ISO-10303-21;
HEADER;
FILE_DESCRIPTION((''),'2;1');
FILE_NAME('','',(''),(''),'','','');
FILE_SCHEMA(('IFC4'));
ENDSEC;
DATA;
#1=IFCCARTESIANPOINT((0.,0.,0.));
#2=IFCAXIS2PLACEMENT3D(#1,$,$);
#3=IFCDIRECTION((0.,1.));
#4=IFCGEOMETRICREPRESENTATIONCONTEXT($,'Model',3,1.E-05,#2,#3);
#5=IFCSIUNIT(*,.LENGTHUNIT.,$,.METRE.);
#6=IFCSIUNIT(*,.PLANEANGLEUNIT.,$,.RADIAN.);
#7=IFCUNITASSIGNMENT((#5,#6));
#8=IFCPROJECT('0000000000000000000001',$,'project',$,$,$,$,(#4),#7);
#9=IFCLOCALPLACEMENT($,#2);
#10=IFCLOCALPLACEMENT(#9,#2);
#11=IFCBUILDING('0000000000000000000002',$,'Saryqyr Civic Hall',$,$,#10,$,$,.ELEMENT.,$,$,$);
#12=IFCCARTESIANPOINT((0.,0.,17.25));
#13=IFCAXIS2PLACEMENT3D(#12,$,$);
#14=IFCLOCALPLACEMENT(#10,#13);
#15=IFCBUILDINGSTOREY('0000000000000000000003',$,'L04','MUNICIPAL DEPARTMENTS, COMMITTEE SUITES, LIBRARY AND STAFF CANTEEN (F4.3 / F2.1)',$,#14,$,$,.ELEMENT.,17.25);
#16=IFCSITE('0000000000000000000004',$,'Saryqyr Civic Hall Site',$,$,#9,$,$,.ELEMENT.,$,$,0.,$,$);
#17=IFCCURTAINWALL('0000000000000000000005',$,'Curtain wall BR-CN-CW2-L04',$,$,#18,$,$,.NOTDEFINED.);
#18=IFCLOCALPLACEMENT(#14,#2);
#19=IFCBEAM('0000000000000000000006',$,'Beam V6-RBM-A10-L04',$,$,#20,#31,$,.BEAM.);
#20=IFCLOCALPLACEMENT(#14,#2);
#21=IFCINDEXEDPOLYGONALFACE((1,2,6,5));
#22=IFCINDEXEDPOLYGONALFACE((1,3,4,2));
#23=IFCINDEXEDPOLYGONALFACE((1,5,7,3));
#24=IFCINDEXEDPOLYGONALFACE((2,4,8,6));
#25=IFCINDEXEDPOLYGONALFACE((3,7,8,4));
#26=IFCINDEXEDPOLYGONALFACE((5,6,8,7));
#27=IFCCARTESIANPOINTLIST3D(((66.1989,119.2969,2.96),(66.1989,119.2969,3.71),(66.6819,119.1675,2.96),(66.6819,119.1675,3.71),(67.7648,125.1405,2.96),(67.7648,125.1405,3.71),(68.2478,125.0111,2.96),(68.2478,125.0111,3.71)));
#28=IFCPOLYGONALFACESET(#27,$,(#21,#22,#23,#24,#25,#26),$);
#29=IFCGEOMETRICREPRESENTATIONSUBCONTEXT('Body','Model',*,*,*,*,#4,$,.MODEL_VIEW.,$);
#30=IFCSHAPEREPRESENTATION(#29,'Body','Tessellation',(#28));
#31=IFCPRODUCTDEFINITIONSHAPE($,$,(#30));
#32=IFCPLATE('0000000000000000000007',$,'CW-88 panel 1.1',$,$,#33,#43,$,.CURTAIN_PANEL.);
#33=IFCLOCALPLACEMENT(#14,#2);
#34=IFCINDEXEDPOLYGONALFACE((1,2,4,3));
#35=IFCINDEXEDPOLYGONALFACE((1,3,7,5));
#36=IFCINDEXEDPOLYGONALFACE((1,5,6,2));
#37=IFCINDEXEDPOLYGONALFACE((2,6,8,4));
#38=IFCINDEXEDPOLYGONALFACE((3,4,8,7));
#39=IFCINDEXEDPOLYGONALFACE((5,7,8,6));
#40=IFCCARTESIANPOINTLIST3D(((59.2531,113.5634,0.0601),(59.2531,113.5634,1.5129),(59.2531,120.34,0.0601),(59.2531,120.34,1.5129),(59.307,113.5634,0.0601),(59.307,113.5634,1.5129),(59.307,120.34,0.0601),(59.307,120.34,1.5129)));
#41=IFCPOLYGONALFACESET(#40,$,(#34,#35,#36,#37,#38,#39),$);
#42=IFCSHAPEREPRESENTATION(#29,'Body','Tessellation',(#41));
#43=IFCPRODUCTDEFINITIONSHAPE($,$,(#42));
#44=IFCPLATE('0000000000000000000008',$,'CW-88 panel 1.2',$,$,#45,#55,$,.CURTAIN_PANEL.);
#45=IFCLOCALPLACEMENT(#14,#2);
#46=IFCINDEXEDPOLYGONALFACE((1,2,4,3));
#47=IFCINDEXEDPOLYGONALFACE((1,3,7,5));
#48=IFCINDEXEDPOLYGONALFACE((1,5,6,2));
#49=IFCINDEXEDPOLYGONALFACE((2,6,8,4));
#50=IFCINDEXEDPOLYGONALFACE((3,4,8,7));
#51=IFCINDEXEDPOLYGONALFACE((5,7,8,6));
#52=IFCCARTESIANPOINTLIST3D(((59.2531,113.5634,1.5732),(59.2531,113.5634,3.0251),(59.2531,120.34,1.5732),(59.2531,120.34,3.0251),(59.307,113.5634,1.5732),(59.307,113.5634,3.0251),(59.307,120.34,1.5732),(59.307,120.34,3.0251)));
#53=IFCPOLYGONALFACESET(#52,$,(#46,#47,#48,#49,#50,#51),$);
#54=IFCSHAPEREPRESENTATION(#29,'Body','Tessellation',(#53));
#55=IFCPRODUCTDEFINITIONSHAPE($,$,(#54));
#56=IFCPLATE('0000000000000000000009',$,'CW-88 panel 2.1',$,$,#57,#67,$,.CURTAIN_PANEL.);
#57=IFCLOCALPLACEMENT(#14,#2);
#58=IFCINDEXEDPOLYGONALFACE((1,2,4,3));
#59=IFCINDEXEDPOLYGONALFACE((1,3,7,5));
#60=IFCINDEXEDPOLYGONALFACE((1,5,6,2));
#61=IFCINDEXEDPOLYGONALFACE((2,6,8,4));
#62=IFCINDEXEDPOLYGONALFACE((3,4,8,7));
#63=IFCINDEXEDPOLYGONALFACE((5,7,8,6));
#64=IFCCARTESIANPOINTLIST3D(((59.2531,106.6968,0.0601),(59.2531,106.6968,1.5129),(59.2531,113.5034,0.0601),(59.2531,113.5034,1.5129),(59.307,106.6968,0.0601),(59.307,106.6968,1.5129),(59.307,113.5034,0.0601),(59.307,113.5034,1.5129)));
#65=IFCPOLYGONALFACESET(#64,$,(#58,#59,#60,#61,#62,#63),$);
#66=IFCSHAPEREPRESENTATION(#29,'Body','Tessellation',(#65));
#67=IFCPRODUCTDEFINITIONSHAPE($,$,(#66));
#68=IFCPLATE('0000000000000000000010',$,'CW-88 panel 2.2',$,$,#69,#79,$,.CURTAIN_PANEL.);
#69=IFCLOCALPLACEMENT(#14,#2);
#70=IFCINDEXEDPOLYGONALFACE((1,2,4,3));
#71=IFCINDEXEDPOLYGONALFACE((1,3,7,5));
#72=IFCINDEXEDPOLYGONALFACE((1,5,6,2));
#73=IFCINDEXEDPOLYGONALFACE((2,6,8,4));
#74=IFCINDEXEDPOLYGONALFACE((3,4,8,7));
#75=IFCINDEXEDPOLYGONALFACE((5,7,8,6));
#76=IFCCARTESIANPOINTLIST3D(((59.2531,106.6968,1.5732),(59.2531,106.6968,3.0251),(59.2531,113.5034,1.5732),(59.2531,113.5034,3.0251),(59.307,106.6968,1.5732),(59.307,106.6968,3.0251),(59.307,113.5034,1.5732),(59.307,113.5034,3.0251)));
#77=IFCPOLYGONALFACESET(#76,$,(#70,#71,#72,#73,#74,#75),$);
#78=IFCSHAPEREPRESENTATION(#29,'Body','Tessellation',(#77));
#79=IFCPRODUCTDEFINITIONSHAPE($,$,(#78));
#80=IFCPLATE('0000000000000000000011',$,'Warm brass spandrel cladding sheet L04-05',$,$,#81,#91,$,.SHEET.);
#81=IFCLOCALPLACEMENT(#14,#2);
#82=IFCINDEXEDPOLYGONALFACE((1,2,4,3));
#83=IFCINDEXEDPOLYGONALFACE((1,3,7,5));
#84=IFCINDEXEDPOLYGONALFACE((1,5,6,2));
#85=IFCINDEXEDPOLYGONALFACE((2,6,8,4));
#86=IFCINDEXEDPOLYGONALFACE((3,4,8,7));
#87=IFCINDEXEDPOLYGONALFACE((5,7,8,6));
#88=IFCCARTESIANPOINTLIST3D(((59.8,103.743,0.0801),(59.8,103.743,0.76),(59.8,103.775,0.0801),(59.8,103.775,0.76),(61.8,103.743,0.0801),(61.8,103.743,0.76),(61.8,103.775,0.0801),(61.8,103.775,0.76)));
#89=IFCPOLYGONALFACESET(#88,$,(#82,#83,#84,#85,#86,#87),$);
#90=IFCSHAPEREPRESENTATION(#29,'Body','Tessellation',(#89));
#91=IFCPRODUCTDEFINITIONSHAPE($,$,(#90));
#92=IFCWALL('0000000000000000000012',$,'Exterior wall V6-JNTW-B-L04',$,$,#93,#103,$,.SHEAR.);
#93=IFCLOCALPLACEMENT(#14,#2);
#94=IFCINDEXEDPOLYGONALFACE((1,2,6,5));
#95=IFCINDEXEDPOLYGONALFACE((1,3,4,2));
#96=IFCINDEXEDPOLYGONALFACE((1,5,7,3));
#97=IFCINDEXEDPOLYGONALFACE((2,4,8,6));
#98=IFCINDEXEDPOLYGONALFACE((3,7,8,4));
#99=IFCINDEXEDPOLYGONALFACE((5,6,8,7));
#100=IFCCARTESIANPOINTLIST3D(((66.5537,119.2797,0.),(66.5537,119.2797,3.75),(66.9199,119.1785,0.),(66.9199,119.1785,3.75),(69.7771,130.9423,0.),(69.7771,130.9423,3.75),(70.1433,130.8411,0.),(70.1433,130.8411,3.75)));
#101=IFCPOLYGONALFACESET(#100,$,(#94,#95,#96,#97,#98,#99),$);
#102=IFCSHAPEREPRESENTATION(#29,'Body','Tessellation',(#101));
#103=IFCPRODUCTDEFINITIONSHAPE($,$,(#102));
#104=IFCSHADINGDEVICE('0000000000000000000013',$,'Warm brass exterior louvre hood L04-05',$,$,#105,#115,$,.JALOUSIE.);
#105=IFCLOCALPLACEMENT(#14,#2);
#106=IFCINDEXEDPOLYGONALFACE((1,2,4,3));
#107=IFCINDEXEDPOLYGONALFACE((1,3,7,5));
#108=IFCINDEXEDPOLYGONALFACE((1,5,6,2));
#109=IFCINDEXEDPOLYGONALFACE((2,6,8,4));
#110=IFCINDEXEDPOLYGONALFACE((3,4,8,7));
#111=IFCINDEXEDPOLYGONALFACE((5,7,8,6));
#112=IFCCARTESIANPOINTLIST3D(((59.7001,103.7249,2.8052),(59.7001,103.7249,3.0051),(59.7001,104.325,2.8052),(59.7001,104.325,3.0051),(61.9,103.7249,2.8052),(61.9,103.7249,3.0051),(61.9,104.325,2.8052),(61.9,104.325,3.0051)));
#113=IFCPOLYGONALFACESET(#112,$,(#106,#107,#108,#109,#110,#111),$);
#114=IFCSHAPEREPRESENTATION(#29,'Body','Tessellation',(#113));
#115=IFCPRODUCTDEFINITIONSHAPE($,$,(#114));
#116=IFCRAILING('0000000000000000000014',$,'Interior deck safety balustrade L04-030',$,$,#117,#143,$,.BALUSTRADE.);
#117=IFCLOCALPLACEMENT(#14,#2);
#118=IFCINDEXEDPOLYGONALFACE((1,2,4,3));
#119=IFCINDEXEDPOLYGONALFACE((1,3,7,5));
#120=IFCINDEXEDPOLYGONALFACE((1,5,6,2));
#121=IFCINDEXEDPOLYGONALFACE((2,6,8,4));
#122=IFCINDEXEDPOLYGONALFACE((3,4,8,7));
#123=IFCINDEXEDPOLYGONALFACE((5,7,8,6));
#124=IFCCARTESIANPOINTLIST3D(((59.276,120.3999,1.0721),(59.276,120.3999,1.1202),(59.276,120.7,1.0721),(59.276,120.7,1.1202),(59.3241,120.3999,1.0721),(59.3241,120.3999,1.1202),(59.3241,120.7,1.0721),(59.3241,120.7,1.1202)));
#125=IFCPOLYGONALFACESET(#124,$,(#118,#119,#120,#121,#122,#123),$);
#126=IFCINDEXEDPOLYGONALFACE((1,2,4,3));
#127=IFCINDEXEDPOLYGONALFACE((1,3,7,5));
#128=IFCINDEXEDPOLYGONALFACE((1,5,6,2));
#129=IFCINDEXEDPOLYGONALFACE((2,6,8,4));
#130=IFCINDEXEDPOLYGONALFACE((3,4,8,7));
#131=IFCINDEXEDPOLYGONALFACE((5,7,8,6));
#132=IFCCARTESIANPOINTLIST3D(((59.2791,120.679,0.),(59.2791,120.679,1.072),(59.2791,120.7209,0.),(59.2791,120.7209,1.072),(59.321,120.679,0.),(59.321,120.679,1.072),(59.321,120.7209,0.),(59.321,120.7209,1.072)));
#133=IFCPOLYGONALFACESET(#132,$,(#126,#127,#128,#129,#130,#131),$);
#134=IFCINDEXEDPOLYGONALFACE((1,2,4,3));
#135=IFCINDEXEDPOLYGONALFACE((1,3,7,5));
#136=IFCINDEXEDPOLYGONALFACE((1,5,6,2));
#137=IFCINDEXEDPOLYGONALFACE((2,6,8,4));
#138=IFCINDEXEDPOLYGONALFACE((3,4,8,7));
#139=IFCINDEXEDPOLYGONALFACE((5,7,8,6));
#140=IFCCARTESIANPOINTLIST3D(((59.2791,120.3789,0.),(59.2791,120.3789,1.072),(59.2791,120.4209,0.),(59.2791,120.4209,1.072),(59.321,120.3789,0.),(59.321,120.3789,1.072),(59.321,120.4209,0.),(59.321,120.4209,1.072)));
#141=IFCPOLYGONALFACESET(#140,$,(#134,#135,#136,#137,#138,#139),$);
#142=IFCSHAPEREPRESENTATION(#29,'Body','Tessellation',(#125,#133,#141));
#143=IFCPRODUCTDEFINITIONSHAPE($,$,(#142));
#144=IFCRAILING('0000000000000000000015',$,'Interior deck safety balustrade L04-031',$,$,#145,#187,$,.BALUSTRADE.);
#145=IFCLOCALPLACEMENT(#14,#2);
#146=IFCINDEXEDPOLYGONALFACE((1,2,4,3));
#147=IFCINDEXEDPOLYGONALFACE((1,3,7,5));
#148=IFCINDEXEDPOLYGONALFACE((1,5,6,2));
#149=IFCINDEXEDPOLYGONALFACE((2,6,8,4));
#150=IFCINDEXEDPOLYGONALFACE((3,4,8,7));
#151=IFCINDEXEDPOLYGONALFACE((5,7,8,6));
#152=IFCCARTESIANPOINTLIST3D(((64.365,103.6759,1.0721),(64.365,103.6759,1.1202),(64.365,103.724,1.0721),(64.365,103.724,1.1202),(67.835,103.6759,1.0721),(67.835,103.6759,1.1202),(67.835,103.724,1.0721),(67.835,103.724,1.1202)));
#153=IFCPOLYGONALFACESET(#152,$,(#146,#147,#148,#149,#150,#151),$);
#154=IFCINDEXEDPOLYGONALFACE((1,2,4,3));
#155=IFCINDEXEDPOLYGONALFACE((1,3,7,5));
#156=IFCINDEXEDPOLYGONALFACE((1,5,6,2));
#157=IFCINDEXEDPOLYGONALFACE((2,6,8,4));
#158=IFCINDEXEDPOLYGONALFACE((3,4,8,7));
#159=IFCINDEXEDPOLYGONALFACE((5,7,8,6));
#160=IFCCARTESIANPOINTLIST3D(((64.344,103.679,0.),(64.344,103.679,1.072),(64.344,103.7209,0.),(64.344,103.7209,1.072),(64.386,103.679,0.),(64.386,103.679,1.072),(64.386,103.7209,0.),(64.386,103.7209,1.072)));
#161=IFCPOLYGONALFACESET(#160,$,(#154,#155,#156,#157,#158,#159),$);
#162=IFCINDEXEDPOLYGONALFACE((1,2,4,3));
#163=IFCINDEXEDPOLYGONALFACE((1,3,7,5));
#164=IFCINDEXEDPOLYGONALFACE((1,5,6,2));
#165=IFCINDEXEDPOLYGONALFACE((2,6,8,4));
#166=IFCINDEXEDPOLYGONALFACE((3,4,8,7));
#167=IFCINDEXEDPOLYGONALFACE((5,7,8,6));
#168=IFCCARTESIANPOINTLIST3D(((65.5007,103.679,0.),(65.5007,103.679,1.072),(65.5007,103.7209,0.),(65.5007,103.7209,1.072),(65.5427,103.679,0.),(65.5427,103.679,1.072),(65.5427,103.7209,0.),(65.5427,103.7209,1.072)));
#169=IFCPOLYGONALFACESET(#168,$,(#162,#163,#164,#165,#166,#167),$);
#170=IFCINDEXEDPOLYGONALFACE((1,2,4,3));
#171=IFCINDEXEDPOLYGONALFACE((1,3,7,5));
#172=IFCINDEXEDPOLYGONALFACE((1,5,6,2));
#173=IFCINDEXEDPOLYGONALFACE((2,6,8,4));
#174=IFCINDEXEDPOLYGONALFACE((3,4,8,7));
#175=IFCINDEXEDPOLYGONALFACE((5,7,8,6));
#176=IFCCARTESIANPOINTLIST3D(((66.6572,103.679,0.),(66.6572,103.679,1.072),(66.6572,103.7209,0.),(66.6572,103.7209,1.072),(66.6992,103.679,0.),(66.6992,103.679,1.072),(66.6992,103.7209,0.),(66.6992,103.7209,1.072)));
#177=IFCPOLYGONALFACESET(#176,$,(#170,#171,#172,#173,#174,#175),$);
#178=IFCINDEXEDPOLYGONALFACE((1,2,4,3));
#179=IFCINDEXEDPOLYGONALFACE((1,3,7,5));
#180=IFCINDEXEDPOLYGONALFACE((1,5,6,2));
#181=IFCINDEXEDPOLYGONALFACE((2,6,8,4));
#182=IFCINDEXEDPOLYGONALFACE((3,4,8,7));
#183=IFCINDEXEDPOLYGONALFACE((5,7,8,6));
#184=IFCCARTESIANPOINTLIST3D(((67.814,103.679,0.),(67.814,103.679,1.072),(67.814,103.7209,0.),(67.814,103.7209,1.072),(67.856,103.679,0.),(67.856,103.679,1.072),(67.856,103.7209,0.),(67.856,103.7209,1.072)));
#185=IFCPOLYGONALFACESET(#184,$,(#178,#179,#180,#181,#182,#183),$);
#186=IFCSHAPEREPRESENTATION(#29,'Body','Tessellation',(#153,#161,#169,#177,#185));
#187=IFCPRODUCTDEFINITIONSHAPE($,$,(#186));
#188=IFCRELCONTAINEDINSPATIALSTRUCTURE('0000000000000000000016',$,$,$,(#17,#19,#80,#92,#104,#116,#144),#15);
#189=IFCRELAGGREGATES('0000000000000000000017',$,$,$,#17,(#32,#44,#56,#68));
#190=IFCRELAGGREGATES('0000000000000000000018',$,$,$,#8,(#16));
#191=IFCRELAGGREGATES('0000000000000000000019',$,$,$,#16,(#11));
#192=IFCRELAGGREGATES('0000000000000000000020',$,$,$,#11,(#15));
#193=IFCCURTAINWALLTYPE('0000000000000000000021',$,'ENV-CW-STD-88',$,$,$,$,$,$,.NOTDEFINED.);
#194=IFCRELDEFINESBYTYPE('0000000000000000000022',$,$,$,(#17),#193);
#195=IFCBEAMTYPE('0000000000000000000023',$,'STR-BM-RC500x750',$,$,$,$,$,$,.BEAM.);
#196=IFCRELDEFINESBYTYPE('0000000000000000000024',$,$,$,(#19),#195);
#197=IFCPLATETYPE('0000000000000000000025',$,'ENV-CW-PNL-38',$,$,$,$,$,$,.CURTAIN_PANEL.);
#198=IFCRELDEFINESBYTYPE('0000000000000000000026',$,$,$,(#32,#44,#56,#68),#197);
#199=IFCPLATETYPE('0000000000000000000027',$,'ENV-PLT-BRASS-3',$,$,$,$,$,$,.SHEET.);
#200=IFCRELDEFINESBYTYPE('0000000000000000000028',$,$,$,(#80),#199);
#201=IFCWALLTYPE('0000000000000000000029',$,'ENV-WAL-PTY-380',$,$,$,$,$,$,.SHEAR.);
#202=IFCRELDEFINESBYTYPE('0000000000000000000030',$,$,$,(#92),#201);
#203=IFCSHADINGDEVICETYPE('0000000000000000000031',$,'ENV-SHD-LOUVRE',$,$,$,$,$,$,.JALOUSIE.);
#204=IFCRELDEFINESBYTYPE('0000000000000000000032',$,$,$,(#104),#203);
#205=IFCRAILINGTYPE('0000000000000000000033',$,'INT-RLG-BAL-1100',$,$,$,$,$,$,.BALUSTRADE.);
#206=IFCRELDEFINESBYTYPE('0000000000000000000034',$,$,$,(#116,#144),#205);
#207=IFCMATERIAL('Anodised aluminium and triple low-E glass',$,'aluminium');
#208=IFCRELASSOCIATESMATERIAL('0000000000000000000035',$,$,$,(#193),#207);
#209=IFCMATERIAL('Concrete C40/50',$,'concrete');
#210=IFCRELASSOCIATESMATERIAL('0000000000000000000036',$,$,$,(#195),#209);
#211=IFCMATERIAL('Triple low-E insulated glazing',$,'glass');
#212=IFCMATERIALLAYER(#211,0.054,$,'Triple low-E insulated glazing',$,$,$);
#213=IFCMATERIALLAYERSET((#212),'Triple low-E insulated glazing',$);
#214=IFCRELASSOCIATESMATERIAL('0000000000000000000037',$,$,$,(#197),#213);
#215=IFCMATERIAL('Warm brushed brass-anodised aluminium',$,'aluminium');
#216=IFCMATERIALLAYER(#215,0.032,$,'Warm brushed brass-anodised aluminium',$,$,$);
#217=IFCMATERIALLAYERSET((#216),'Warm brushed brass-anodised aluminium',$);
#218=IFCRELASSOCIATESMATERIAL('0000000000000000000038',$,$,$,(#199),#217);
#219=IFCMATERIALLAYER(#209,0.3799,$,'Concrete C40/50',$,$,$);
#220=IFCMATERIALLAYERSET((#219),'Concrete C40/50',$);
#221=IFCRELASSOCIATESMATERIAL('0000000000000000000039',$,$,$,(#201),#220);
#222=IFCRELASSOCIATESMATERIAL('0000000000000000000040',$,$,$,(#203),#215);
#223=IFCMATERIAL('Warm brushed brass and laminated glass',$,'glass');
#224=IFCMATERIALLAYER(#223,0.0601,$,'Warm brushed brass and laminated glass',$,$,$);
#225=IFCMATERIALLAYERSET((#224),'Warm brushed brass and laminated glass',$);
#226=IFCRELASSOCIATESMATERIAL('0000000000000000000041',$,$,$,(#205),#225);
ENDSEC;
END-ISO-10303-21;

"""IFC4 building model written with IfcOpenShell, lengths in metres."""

from ifc_helpers import new_model, si_unit, direction, frame, frame_2d, origin, origin_2d, place, context, subcontext, project, spatial, rectangle, extrude, material, layer, layer_set, material_profile, profile_set, type_object, element, aggregate, save


model = new_model("IFC4")

# Units and contexts
model_context = context("Model", 3, precision=1e-05, world=origin(), true_north=direction((0.0, 1.0)))
body_context = subcontext(model_context, "Body", "Model", "MODEL_VIEW")
ifc_project = project(units=[si_unit("LENGTHUNIT", "METRE"), si_unit("PLANEANGLEUNIT", "RADIAN")], contexts=[model_context])

# Site, building, storey
site_placement = place(None, origin())
site = spatial("IfcSite", under=ifc_project, at=site_placement, Name="Saryqyr Civic Hall Site", CompositionType="ELEMENT", RefElevation=0.0)
building_placement = place(site_placement, origin())
building = spatial("IfcBuilding", under=site, at=building_placement, Name="Saryqyr Civic Hall", CompositionType="ELEMENT")
storey_placement = place(building_placement, frame((0.0, 0.0, 17.25)))
storey = spatial("IfcBuildingStorey", under=building, at=storey_placement, Name="L04", Description="MUNICIPAL DEPARTMENTS, COMMITTEE SUITES, LIBRARY AND STAFF CANTEEN (F4.3 / F2.1)", CompositionType="ELEMENT", Elevation=17.25)

# Shared definitions
ifc_material_1 = material(Name="Concrete C40/50", Category="concrete")

# Curtain wall
ifc_material_2 = material(Name="Anodised aluminium and triple low-E glass", Category="aluminium")
curtain_wall_type = type_object("IfcCurtainWallType", Name="ENV-CW-STD-88", PredefinedType="NOTDEFINED", material=ifc_material_2)
curtain_wall_placement = place(storey_placement, origin())
curtain_wall = element("IfcCurtainWall", 1, at=curtain_wall_placement, inside=storey, type_object=curtain_wall_type, Name="Curtain wall BR-CN-CW2-L04", PredefinedType="NOTDEFINED")

# Beam
ifc_material_profile_1 = material_profile(ifc_material_1, rectangle(XDim=0.5, YDim=0.75, at=origin_2d()), Name="RC 500x750")
ifc_profile_set_1 = profile_set([ifc_material_profile_1], Name="Concrete C40/50")
beam_type = type_object("IfcBeamType", Name="STR-BM-RC500x750", PredefinedType="BEAM", material=ifc_profile_set_1)
beam_placement = place(storey_placement, frame((66.4404, 119.2322, 3.335), z_axis=(0.258833, 0.965922, 0.0), x_axis=(-0.965922, 0.258833, 0.0)))
element("IfcBeam", 2, at=beam_placement, inside=storey, type_object=beam_type, Name="Beam V6-RBM-A10-L04", PredefinedType="BEAM", context=body_context, shape_type="SweptSolid", body=[
    extrude(rectangle(XDim=0.5, YDim=0.75, at=origin_2d()), origin(), (0.0, 0.0, 1.0), 6.0498),
])

# Plates
ifc_material_3 = material(Name="Triple low-E insulated glazing", Category="glass")
ifc_layer_1 = layer(ifc_material_3, 0.054, Name="Triple low-E insulated glazing")
ifc_layer_set_1 = layer_set([ifc_layer_1], Name="Triple low-E insulated glazing")
plate_type_1 = type_object("IfcPlateType", Name="ENV-CW-PNL-38", PredefinedType="CURTAIN_PANEL", material=ifc_layer_set_1)
plate_1_placement = place(storey_placement, frame((59.28, 116.9517, 0.0601), z_axis=(0.0, 0.0, 1.0), x_axis=(0.0, -1.0, 0.0)))
plate_1 = element("IfcPlate", 3, at=plate_1_placement, type_object=plate_type_1, Name="CW-88 panel 1.1", PredefinedType="CURTAIN_PANEL", context=body_context, shape_type="SweptSolid", body=[
    extrude(rectangle(XDim=6.7766, YDim=0.054, at=origin_2d()), origin(), (0.0, 0.0, 1.0), 1.4529),
])
plate_2_placement = place(storey_placement, frame((59.28, 116.9517, 1.5732), z_axis=(0.0, 0.0, 1.0), x_axis=(0.0, -1.0, 0.0)))
plate_2 = element("IfcPlate", 4, at=plate_2_placement, type_object=plate_type_1, Name="CW-88 panel 1.2", PredefinedType="CURTAIN_PANEL", context=body_context, shape_type="SweptSolid", body=[
    extrude(rectangle(XDim=6.7766, YDim=0.054, at=origin_2d()), origin(), (0.0, 0.0, 1.0), 1.4519),
])
plate_3_placement = place(storey_placement, frame((59.28, 110.1001, 0.0601), z_axis=(0.0, 0.0, 1.0), x_axis=(0.0, -1.0, 0.0)))
plate_3 = element("IfcPlate", 5, at=plate_3_placement, type_object=plate_type_1, Name="CW-88 panel 2.1", PredefinedType="CURTAIN_PANEL", context=body_context, shape_type="SweptSolid", body=[
    extrude(rectangle(XDim=6.8066, YDim=0.054, at=origin_2d()), origin(), (0.0, 0.0, 1.0), 1.4529),
])
plate_4_placement = place(storey_placement, frame((59.28, 110.1001, 1.5732), z_axis=(0.0, 0.0, 1.0), x_axis=(0.0, -1.0, 0.0)))
plate_4 = element("IfcPlate", 6, at=plate_4_placement, type_object=plate_type_1, Name="CW-88 panel 2.2", PredefinedType="CURTAIN_PANEL", context=body_context, shape_type="SweptSolid", body=[
    extrude(rectangle(XDim=6.8066, YDim=0.054, at=origin_2d()), origin(), (0.0, 0.0, 1.0), 1.4519),
])
aggregate(curtain_wall, [plate_1, plate_2, plate_3, plate_4])
ifc_material_4 = material(Name="Warm brushed brass-anodised aluminium", Category="aluminium")
ifc_layer_2 = layer(ifc_material_4, 0.032, Name="Warm brushed brass-anodised aluminium")
ifc_layer_set_2 = layer_set([ifc_layer_2], Name="Warm brushed brass-anodised aluminium")
plate_type_2 = type_object("IfcPlateType", Name="ENV-PLT-BRASS-3", PredefinedType="SHEET", material=ifc_layer_set_2)
plate_5_placement = place(storey_placement, frame((60.8, 103.759, 0.0801), z_axis=(0.0, 0.0, 1.0), x_axis=(1.0, 0.0, 0.0)))
element("IfcPlate", 7, at=plate_5_placement, inside=storey, type_object=plate_type_2, Name="Warm brass spandrel cladding sheet L04-05", PredefinedType="SHEET", context=body_context, shape_type="SweptSolid", body=[
    extrude(rectangle(XDim=2.0, YDim=0.032, at=origin_2d()), origin(), (0.0, 0.0, 1.0), 0.6799),
])

# Wall
ifc_layer_3 = layer(ifc_material_1, 0.3799, Name="Concrete C40/50")
ifc_layer_set_3 = layer_set([ifc_layer_3], Name="Concrete C40/50")
wall_type = type_object("IfcWallType", Name="ENV-WAL-PTY-380", PredefinedType="SHEAR", material=ifc_layer_set_3)
wall_placement = place(storey_placement, frame((66.7368, 119.2292, 0.0), z_axis=(0.0, 0.0, 1.0), x_axis=(0.266399, 0.963863, 0.0)))
element("IfcWall", 8, at=wall_placement, inside=storey, type_object=wall_type, Name="Exterior wall V6-JNTW-B-L04", PredefinedType="SHEAR", context=body_context, shape_type="SweptSolid", body=[
    extrude(rectangle(XDim=12.0999, YDim=0.3799, at=frame_2d((6.0498, 0.0))), origin(), (0.0, 0.0, 1.0), 3.75),
])

# Shading device
shading_device_type = type_object("IfcShadingDeviceType", Name="ENV-SHD-LOUVRE", PredefinedType="JALOUSIE", material=ifc_material_4)
shading_device_placement = place(storey_placement, frame((60.8, 104.0249, 2.8052), z_axis=(0.0, 0.0, 1.0), x_axis=(1.0, 0.0, 0.0)))
element("IfcShadingDevice", 9, at=shading_device_placement, inside=storey, type_object=shading_device_type, Name="Warm brass exterior louvre hood L04-05", PredefinedType="JALOUSIE", context=body_context, shape_type="SweptSolid", body=[
    extrude(rectangle(XDim=2.2, YDim=0.6001, at=origin_2d()), origin(), (0.0, 0.0, 1.0), 0.2),
])

# Railings
ifc_material_5 = material(Name="Warm brushed brass and laminated glass", Category="glass")
ifc_layer_4 = layer(ifc_material_5, 0.0601, Name="Warm brushed brass and laminated glass")
ifc_layer_set_4 = layer_set([ifc_layer_4], Name="Warm brushed brass and laminated glass")
railing_type = type_object("IfcRailingType", Name="INT-RLG-BAL-1100", PredefinedType="BALUSTRADE", material=ifc_layer_set_4)
railing_1_placement = place(storey_placement, frame((59.3, 120.7, 0.0)))
element("IfcRailing", 10, at=railing_1_placement, inside=storey, type_object=railing_type, Name="Interior deck safety balustrade L04-030", PredefinedType="BALUSTRADE", context=body_context, shape_type="SweptSolid", body=[
    extrude(rectangle(XDim=0.0481, YDim=0.0481, at=origin_2d()), frame((0.0, 0.0, 1.0962), z_axis=(0.0, -1.0, 0.0), x_axis=(1.0, 0.0, 0.0)), (0.0, 0.0, 1.0), 0.3),
    extrude(rectangle(XDim=0.042, YDim=0.042, at=origin_2d()), origin(), (0.0, 0.0, 1.0), 1.072),
    extrude(rectangle(XDim=0.042, YDim=0.042, at=origin_2d()), frame((0.0, -0.3, 0.0)), (0.0, 0.0, 1.0), 1.072),
])
railing_2_placement = place(storey_placement, frame((64.365, 103.7, 0.0)))
element("IfcRailing", 11, at=railing_2_placement, inside=storey, type_object=railing_type, Name="Interior deck safety balustrade L04-031", PredefinedType="BALUSTRADE", context=body_context, shape_type="SweptSolid", body=[
    extrude(rectangle(XDim=0.0481, YDim=0.0481, at=origin_2d()), frame((0.0, 0.0, 1.0962), z_axis=(1.0, 0.0, 0.0), x_axis=(0.0, 1.0, 0.0)), (0.0, 0.0, 1.0), 3.47),
    extrude(rectangle(XDim=0.042, YDim=0.042, at=origin_2d()), origin(), (0.0, 0.0, 1.0), 1.072),
    extrude(rectangle(XDim=0.042, YDim=0.042, at=origin_2d()), frame((1.1567, 0.0, 0.0)), (0.0, 0.0, 1.0), 1.072),
    extrude(rectangle(XDim=0.042, YDim=0.042, at=origin_2d()), frame((2.3132, 0.0, 0.0)), (0.0, 0.0, 1.0), 1.072),
    extrude(rectangle(XDim=0.042, YDim=0.042, at=origin_2d()), frame((3.47, 0.0, 0.0)), (0.0, 0.0, 1.0), 1.072),
])

save(model, "model.ifc")
